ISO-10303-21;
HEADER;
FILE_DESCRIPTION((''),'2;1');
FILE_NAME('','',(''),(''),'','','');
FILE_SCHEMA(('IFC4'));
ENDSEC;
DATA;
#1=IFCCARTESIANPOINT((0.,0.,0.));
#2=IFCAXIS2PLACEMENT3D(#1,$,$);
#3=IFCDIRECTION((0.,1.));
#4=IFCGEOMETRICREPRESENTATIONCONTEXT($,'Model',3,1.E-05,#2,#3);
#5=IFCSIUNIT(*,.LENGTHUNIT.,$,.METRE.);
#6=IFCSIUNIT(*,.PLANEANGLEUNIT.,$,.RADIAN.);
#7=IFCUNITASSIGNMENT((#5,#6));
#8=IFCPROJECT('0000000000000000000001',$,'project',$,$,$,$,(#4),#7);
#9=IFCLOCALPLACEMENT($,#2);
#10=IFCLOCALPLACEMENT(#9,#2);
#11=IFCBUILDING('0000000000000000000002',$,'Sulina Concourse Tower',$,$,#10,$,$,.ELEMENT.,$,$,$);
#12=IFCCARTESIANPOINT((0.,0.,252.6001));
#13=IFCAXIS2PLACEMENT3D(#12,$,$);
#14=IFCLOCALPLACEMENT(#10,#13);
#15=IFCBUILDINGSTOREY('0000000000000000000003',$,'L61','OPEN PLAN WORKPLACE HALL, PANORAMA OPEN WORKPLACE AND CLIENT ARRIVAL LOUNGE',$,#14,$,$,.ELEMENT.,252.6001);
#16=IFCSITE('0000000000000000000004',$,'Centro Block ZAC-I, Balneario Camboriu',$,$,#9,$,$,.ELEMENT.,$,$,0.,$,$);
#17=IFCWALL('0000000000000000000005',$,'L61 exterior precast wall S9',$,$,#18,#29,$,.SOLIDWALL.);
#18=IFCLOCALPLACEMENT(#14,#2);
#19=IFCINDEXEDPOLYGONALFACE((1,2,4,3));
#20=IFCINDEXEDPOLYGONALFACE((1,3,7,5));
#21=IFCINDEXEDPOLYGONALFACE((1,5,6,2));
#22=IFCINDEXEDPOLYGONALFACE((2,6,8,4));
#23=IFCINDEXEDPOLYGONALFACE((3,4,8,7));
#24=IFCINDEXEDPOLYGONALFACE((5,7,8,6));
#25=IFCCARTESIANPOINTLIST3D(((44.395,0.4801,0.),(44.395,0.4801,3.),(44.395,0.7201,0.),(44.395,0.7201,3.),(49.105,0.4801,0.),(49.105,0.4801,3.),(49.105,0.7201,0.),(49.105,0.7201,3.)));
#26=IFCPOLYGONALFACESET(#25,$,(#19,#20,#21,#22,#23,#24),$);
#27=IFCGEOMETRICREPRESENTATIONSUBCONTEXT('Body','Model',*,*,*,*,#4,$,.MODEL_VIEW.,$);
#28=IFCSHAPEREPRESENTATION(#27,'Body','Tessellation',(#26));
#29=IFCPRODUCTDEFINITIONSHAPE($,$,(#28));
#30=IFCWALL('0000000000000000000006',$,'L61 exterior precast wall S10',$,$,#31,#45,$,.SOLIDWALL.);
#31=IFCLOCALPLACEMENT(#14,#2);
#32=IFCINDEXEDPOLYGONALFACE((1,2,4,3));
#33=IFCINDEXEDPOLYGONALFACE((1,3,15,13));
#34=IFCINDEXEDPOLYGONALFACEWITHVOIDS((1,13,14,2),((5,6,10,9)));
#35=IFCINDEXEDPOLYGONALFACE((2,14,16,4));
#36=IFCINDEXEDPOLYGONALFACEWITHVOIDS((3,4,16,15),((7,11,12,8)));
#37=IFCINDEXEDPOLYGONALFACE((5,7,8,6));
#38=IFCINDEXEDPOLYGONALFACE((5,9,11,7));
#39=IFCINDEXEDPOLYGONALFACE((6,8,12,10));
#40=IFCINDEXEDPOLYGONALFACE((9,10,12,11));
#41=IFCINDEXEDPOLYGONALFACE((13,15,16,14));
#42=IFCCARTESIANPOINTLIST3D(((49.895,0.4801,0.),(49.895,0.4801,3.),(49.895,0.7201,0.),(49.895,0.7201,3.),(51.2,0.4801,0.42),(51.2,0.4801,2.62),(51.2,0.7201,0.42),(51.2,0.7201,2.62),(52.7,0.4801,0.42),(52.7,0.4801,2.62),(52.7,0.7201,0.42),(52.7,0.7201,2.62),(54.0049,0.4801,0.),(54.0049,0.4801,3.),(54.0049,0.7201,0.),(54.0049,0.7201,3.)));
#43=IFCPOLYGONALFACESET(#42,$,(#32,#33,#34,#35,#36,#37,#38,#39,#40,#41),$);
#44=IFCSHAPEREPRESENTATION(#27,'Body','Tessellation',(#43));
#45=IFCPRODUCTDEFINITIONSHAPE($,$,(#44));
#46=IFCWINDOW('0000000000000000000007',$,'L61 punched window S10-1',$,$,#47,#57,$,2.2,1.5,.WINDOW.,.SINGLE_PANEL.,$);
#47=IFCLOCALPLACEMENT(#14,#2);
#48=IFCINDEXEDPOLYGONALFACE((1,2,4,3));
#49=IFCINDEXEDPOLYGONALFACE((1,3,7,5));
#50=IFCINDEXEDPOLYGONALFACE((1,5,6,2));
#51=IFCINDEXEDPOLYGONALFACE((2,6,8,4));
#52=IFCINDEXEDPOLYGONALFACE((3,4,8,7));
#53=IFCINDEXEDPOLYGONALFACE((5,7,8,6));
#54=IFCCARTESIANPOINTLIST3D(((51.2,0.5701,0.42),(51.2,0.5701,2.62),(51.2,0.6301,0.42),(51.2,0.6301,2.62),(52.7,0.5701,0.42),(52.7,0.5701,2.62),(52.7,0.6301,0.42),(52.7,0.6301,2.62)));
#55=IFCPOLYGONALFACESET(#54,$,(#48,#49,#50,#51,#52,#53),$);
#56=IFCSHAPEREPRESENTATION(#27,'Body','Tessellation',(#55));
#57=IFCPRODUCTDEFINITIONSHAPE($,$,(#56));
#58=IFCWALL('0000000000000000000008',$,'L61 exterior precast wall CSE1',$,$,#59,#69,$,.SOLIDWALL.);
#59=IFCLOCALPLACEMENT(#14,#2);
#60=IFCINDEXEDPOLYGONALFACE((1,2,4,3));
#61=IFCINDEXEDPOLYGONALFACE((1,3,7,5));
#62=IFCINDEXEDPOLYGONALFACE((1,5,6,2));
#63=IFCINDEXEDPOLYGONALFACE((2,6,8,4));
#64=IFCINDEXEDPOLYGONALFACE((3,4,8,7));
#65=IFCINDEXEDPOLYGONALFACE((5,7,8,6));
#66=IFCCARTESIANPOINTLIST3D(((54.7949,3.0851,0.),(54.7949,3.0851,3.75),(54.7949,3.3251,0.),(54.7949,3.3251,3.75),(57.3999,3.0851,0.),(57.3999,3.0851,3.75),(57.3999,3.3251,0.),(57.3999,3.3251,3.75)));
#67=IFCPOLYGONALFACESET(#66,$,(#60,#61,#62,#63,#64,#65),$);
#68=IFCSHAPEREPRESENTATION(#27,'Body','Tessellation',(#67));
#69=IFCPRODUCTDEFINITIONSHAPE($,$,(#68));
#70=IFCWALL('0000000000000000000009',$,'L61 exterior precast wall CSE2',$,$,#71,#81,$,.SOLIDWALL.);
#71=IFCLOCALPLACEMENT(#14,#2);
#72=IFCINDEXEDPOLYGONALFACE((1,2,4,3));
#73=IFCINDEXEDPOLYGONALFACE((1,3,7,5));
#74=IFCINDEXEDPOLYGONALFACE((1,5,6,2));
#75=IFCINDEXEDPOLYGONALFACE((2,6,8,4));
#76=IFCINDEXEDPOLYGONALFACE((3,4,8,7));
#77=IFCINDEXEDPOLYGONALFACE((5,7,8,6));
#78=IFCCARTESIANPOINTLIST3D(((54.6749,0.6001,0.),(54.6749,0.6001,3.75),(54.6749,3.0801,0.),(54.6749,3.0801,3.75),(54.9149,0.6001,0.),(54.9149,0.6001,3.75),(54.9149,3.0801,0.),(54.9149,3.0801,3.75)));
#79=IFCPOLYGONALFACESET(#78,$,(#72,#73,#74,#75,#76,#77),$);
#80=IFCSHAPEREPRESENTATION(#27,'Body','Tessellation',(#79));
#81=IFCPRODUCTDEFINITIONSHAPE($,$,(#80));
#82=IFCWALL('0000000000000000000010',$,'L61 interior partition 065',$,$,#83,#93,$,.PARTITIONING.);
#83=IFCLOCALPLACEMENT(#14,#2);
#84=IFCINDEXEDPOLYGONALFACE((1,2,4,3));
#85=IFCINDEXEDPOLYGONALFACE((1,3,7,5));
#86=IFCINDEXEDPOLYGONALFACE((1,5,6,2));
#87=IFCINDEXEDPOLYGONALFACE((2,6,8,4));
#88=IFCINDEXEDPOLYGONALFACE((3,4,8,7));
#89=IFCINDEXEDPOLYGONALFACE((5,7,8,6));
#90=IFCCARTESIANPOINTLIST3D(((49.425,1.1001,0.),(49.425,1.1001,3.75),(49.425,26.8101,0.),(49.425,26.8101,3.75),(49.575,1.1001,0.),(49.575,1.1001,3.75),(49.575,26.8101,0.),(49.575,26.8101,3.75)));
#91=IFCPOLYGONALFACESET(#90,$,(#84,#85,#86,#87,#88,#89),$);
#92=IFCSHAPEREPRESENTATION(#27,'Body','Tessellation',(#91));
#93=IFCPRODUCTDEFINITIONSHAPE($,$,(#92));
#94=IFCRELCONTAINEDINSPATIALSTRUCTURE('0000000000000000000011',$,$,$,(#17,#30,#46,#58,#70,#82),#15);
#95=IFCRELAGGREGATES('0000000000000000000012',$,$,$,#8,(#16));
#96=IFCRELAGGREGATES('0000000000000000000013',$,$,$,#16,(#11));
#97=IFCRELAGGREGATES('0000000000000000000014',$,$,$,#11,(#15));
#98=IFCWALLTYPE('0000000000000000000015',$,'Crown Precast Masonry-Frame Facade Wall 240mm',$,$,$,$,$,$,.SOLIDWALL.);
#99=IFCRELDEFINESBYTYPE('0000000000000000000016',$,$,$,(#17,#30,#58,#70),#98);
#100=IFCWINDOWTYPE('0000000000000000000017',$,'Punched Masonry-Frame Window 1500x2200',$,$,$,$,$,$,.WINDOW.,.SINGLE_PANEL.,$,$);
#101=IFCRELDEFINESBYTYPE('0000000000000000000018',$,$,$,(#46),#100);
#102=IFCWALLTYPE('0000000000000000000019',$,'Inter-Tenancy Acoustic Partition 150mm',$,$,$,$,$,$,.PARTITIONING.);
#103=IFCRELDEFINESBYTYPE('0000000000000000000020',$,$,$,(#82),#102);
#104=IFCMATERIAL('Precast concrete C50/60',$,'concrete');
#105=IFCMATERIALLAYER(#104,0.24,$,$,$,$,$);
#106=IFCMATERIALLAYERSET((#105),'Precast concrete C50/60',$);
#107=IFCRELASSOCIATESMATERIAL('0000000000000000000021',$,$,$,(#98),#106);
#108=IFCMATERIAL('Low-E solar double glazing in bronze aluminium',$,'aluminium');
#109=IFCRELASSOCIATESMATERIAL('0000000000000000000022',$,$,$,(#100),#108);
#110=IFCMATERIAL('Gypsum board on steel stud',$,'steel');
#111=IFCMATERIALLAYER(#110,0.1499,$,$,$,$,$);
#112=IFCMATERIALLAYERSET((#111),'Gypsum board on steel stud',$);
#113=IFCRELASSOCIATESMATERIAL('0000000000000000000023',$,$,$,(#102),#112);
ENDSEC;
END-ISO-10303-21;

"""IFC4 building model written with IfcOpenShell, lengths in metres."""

from ifc_helpers import new_model, si_unit, direction, frame, frame_2d, origin, place, context, subcontext, project, spatial, rectangle, extrude, material, layer, layer_set, type_object, element, fill, save


model = new_model("IFC4")

# Units and contexts
model_context = context("Model", 3, precision=1e-05, world=origin(), true_north=direction((0.0, 1.0)))
body_context = subcontext(model_context, "Body", "Model", "MODEL_VIEW")
ifc_project = project(units=[si_unit("LENGTHUNIT", "METRE"), si_unit("PLANEANGLEUNIT", "RADIAN")], contexts=[model_context])

# Site, building, storey
site_placement = place(None, origin())
site = spatial("IfcSite", under=ifc_project, at=site_placement, Name="Centro Block ZAC-I, Balneario Camboriu", CompositionType="ELEMENT", RefElevation=0.0)
building_placement = place(site_placement, origin())
building = spatial("IfcBuilding", under=site, at=building_placement, Name="Sulina Concourse Tower", CompositionType="ELEMENT")
storey_placement = place(building_placement, frame((0.0, 0.0, 252.6001)))
storey = spatial("IfcBuildingStorey", under=building, at=storey_placement, Name="L61", Description="OPEN PLAN WORKPLACE HALL, PANORAMA OPEN WORKPLACE AND CLIENT ARRIVAL LOUNGE", CompositionType="ELEMENT", Elevation=252.6001)

# Wall
ifc_material_1 = material(Name="Precast concrete C50/60", Category="concrete")
ifc_layer_1 = layer(ifc_material_1, 0.24)
ifc_layer_set_1 = layer_set([ifc_layer_1], Name="Precast concrete C50/60")
wall_type_1 = type_object("IfcWallType", Name="Crown Precast Masonry-Frame Facade Wall 240mm", PredefinedType="SOLIDWALL", material=ifc_layer_set_1)
wall_1_placement = place(storey_placement, frame((49.105, 0.6001, 0.0), z_axis=(0.0, 0.0, 1.0), x_axis=(-1.0, 0.0, 0.0)))
element("IfcWall", 1, at=wall_1_placement, inside=storey, type_object=wall_type_1, Name="L61 exterior precast wall S9", PredefinedType="SOLIDWALL", context=body_context, shape_type="SweptSolid", body=[
    extrude(rectangle(XDim=4.71, YDim=0.24, at=frame_2d((2.355, 0.0))), origin(), (0.0, 0.0, 1.0), 3.0),
])

# Wall, opening, window
wall_2_placement = place(storey_placement, frame((54.0049, 0.6001, 0.0), z_axis=(0.0, 0.0, 1.0), x_axis=(-1.0, 0.0, 0.0)))
wall_2 = element("IfcWall", 2, at=wall_2_placement, inside=storey, type_object=wall_type_1, Name="L61 exterior precast wall S10", PredefinedType="SOLIDWALL", context=body_context, shape_type="SweptSolid", body=[
    extrude(rectangle(XDim=4.1099, YDim=0.24, at=frame_2d((2.0549, 0.0))), origin(), (0.0, 0.0, 1.0), 3.0),
])
opening_placement = place(wall_2_placement, frame((1.3049, 0.0, 0.4199)))
opening = element("IfcOpeningElement", 3, at=opening_placement, cuts=wall_2, PredefinedType="OPENING", context=body_context, shape_type="SweptSolid", body=[
    extrude(rectangle(XDim=1.5, YDim=2.2, at=frame_2d((0.75, 1.1001))), frame((0.0, 0.1299, 0.0), z_axis=(0.0, -1.0, 0.0), x_axis=(1.0, 0.0, 0.0)), (0.0, 0.0, 1.0), 0.26),
])
ifc_material_2 = material(Name="Low-E solar double glazing in bronze aluminium", Category="aluminium")
window_type = type_object("IfcWindowType", Name="Punched Masonry-Frame Window 1500x2200", PartitioningType="SINGLE_PANEL", PredefinedType="WINDOW", material=ifc_material_2)
window_placement = place(opening_placement, origin())
window = element("IfcWindow", 4, at=window_placement, inside=storey, type_object=window_type, Name="L61 punched window S10-1", OverallHeight=2.2, OverallWidth=1.5, PartitioningType="SINGLE_PANEL", PredefinedType="WINDOW", context=body_context, shape_type="SweptSolid", body=[
    extrude(rectangle(XDim=1.5, YDim=2.2, at=frame_2d((0.75, 1.1001))), frame((0.0, 0.03, 0.0), z_axis=(0.0, -1.0, 0.0), x_axis=(1.0, 0.0, 0.0)), (0.0, 0.0, 1.0), 0.0601),
])
fill(opening, window)

# Walls
wall_3_placement = place(storey_placement, frame((57.3999, 3.2051, 0.0), z_axis=(0.0, 0.0, 1.0), x_axis=(-1.0, 0.0, 0.0)))
element("IfcWall", 5, at=wall_3_placement, inside=storey, type_object=wall_type_1, Name="L61 exterior precast wall CSE1", PredefinedType="SOLIDWALL", context=body_context, shape_type="SweptSolid", body=[
    extrude(rectangle(XDim=2.605, YDim=0.24, at=frame_2d((1.3025, 0.0))), origin(), (0.0, 0.0, 1.0), 3.75),
])
wall_4_placement = place(storey_placement, frame((54.7949, 3.0801, 0.0), z_axis=(0.0, 0.0, 1.0), x_axis=(0.0, -1.0, 0.0)))
element("IfcWall", 6, at=wall_4_placement, inside=storey, type_object=wall_type_1, Name="L61 exterior precast wall CSE2", PredefinedType="SOLIDWALL", context=body_context, shape_type="SweptSolid", body=[
    extrude(rectangle(XDim=2.48, YDim=0.24, at=frame_2d((1.24, 0.0))), origin(), (0.0, 0.0, 1.0), 3.75),
])
ifc_material_3 = material(Name="Gypsum board on steel stud", Category="steel")
ifc_layer_2 = layer(ifc_material_3, 0.1499)
ifc_layer_set_2 = layer_set([ifc_layer_2], Name="Gypsum board on steel stud")
wall_type_2 = type_object("IfcWallType", Name="Inter-Tenancy Acoustic Partition 150mm", PredefinedType="PARTITIONING", material=ifc_layer_set_2)
wall_5_placement = place(storey_placement, frame((49.5, 1.1001, 0.0), z_axis=(0.0, 0.0, 1.0), x_axis=(0.0, 1.0, 0.0)))
element("IfcWall", 7, at=wall_5_placement, inside=storey, type_object=wall_type_2, Name="L61 interior partition 065", PredefinedType="PARTITIONING", context=body_context, shape_type="SweptSolid", body=[
    extrude(rectangle(XDim=25.71, YDim=0.1499, at=frame_2d((12.855, 0.0))), origin(), (0.0, 0.0, 1.0), 3.75),
])

save(model, "model.ifc")
